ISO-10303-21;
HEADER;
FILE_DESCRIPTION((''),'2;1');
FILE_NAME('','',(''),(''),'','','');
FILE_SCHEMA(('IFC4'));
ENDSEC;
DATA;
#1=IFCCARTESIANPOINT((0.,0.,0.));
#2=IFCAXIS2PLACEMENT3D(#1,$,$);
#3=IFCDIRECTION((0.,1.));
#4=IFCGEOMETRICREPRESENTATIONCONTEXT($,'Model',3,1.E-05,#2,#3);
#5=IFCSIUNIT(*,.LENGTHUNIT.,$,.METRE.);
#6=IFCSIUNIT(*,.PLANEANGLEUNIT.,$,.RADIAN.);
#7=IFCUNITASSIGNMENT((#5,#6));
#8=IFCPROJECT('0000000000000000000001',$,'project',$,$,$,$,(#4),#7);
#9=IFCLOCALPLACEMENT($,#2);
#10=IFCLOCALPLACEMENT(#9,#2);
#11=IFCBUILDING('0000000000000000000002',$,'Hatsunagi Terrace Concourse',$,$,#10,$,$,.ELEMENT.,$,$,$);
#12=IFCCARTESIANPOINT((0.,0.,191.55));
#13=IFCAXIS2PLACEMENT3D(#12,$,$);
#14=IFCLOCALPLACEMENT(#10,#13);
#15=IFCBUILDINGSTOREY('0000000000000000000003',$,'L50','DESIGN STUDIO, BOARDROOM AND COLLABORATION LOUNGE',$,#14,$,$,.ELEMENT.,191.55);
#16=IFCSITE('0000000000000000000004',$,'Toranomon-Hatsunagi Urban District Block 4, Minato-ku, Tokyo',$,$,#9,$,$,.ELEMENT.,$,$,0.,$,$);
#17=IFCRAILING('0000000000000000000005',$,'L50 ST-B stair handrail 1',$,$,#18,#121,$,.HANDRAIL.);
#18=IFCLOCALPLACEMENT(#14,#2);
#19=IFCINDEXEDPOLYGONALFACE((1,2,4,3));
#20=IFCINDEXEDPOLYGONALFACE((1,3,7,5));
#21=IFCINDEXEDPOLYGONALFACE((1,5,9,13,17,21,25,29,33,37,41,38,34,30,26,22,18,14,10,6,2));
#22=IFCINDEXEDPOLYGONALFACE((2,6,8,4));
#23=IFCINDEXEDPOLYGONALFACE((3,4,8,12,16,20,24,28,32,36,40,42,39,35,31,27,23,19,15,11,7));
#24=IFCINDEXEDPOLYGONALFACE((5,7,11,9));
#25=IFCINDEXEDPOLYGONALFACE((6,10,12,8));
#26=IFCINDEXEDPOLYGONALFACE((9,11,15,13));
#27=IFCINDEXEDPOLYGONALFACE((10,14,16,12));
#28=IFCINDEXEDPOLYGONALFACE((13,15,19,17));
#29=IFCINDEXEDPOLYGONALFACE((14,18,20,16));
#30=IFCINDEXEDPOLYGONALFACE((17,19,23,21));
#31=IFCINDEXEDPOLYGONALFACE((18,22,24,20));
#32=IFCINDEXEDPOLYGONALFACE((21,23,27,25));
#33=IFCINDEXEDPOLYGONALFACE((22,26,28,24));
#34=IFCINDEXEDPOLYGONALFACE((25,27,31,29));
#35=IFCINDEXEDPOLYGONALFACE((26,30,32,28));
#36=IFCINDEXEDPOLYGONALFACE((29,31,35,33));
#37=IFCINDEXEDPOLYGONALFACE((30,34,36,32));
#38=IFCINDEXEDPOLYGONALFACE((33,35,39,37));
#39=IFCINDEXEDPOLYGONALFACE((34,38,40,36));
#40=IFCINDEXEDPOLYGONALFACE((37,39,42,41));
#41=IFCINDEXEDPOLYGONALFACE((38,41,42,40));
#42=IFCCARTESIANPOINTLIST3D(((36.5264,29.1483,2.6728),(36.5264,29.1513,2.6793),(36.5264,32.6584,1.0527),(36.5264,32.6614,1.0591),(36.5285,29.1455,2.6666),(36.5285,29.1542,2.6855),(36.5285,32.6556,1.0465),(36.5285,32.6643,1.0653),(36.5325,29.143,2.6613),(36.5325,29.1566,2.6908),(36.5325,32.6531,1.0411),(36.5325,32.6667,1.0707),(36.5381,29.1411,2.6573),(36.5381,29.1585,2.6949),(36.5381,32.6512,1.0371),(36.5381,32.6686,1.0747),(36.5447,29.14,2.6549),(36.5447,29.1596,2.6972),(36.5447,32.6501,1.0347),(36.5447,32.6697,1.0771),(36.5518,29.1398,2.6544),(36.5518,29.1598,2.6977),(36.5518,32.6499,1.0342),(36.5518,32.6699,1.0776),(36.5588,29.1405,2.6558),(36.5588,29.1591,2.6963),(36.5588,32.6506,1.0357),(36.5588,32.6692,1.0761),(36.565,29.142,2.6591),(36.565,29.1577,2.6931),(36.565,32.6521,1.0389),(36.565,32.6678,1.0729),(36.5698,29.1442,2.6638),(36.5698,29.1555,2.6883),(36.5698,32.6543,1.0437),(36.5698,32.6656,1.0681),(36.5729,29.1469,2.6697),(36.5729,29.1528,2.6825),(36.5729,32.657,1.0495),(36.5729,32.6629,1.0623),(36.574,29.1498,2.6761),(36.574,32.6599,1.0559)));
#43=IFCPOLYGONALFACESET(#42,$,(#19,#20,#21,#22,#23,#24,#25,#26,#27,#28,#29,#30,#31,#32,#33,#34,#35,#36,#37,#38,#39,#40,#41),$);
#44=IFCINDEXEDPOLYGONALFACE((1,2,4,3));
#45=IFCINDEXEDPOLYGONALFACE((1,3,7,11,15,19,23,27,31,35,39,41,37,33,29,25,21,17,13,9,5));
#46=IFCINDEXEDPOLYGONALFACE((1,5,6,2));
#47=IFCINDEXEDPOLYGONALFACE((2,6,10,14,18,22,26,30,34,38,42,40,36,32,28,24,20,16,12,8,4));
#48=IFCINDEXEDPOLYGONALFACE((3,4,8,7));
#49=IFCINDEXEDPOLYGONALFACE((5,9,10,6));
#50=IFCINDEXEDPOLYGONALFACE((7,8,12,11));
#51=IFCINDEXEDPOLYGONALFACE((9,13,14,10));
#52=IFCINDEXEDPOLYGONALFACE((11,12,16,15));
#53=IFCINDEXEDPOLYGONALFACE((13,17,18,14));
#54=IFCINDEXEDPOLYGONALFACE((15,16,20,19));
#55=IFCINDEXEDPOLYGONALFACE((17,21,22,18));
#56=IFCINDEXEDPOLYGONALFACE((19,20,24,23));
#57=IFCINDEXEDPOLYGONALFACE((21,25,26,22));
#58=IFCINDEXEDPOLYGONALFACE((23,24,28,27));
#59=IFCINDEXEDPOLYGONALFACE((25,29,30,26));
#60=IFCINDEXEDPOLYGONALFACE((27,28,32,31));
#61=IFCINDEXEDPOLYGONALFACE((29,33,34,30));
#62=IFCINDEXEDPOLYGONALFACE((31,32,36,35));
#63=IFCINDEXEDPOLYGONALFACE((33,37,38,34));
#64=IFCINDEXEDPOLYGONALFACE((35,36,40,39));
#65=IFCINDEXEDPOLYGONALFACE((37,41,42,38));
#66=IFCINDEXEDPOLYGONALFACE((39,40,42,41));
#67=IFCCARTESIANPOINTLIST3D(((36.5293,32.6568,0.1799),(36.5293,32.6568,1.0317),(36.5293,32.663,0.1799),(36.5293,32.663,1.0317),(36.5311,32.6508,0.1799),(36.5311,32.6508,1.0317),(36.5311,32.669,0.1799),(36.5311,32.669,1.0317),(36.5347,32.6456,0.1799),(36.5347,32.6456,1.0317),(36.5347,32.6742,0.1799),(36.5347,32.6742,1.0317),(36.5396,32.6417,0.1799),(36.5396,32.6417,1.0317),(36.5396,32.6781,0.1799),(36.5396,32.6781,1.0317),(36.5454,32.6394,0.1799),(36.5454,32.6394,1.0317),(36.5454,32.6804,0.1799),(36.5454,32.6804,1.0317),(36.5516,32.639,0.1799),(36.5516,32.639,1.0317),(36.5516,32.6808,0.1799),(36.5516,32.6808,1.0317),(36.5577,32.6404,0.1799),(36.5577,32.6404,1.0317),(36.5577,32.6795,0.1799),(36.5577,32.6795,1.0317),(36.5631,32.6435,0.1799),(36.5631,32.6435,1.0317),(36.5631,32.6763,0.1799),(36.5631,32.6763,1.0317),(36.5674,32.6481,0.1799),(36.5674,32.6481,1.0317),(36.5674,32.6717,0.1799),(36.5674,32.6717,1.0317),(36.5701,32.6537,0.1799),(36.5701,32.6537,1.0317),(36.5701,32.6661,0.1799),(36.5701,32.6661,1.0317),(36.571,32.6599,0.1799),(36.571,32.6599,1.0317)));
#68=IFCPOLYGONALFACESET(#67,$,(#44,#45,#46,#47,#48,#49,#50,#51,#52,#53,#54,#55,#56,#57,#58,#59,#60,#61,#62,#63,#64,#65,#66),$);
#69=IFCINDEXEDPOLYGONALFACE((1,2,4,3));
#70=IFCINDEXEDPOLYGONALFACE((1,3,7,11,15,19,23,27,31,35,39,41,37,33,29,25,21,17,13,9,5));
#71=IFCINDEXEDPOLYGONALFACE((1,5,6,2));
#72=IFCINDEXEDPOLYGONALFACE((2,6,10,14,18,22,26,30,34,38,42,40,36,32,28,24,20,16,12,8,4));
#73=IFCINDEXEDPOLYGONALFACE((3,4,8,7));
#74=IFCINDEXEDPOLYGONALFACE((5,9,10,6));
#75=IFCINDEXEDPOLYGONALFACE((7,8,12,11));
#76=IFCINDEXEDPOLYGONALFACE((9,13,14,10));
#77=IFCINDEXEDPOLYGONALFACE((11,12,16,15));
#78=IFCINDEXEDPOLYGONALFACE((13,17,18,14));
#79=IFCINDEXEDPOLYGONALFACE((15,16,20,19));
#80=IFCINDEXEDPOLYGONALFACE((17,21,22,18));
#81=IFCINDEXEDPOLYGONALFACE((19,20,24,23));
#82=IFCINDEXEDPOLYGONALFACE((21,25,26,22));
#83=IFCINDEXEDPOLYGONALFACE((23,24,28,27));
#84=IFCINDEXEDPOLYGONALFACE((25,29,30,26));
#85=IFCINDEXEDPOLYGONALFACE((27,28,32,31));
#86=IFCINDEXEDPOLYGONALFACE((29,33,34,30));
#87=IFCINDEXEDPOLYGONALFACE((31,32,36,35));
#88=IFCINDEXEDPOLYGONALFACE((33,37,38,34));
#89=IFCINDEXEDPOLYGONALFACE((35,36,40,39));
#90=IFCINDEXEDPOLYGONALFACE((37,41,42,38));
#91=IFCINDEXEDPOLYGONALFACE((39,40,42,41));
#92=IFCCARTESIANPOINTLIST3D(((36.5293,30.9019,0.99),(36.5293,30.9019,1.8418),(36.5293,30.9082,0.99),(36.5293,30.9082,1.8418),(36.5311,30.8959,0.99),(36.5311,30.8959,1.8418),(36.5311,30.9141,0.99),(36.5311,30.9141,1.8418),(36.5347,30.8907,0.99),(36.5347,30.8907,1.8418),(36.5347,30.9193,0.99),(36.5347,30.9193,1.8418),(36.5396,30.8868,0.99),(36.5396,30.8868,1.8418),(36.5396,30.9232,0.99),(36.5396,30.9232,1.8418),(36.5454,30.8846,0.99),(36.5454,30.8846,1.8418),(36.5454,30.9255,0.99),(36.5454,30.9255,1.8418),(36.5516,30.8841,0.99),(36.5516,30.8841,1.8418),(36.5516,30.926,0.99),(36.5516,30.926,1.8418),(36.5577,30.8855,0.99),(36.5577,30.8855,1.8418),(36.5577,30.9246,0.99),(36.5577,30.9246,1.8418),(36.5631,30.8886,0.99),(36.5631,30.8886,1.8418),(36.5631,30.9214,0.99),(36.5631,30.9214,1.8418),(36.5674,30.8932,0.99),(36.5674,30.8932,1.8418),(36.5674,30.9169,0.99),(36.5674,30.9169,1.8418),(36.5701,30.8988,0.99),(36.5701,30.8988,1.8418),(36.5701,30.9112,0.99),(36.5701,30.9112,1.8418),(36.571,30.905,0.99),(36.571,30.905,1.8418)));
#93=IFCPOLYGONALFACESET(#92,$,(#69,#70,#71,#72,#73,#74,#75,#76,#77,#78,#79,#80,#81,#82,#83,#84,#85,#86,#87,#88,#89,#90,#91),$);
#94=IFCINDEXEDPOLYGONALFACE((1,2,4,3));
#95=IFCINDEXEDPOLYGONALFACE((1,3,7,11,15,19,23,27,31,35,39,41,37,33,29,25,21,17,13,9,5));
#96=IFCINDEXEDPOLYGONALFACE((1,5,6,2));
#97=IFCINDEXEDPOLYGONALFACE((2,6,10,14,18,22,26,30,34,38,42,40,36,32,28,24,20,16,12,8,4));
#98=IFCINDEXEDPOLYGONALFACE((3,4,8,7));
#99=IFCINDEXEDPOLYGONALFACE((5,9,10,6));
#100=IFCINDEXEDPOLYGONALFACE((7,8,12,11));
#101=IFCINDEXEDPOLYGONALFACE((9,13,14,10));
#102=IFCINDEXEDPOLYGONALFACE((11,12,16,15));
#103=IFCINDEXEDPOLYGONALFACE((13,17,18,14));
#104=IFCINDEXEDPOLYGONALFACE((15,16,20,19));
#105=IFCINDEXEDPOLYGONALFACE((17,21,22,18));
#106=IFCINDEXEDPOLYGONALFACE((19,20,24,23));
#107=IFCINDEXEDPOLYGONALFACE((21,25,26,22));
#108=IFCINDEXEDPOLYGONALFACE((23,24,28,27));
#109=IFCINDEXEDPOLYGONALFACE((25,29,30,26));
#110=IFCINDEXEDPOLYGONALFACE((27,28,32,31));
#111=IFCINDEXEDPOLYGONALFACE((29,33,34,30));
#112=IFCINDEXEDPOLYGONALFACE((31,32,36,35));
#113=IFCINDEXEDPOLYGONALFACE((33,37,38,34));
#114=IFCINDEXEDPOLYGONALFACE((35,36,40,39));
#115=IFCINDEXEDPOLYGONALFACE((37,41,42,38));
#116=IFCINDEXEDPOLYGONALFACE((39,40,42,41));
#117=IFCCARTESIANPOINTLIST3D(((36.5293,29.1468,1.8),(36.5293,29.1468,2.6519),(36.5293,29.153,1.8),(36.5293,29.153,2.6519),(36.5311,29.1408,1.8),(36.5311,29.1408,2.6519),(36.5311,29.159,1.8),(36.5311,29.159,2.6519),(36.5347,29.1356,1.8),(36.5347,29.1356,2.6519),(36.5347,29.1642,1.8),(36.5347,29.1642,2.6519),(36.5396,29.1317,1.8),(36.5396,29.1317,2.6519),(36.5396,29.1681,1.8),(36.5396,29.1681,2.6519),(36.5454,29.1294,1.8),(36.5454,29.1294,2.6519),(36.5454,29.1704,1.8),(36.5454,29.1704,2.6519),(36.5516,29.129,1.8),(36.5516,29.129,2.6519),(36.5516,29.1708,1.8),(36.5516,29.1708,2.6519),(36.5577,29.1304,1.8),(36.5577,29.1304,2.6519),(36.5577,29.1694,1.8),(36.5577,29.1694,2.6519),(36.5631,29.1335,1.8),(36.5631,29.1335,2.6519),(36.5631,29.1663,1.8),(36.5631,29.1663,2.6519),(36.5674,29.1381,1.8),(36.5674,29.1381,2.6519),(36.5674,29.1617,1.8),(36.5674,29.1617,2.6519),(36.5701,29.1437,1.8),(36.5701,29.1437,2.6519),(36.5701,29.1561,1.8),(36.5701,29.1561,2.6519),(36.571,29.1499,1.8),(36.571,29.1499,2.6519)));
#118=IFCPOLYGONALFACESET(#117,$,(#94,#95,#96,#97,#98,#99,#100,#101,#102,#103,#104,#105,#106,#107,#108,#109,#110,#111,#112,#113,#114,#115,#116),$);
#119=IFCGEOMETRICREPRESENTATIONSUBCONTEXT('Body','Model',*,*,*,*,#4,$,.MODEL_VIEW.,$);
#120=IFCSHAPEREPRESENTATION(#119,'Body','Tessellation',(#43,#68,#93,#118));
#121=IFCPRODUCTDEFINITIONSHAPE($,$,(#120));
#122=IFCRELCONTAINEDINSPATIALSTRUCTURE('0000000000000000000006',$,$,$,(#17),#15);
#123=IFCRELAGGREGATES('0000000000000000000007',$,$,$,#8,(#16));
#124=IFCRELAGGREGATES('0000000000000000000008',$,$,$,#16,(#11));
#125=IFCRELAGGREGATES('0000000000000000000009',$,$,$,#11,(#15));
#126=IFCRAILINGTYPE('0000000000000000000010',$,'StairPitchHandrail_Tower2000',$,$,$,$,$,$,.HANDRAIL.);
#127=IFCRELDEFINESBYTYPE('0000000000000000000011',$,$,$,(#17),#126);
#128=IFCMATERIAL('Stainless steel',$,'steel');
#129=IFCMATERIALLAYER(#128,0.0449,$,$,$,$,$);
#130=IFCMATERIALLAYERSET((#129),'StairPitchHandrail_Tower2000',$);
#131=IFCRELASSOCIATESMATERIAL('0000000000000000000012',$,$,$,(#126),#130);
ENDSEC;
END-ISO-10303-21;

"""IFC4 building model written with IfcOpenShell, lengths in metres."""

from ifc_helpers import new_model, si_unit, direction, frame, origin, origin_2d, place, context, subcontext, project, spatial, circle, extrude, material, layer, layer_set, type_object, element, save


model = new_model("IFC4")

# Units and contexts
model_context = context("Model", 3, precision=1e-05, world=origin(), true_north=direction((0.0, 1.0)))
body_context = subcontext(model_context, "Body", "Model", "MODEL_VIEW")
ifc_project = project(units=[si_unit("LENGTHUNIT", "METRE"), si_unit("PLANEANGLEUNIT", "RADIAN")], contexts=[model_context])

# Site, building, storey
site_placement = place(None, origin())
site = spatial("IfcSite", under=ifc_project, at=site_placement, Name="Toranomon-Hatsunagi Urban District Block 4, Minato-ku, Tokyo", CompositionType="ELEMENT", RefElevation=0.0)
building_placement = place(site_placement, origin())
building = spatial("IfcBuilding", under=site, at=building_placement, Name="Hatsunagi Terrace Concourse", CompositionType="ELEMENT")
storey_placement = place(building_placement, frame((0.0, 0.0, 191.55)))
storey = spatial("IfcBuildingStorey", under=building, at=storey_placement, Name="L50", Description="DESIGN STUDIO, BOARDROOM AND COLLABORATION LOUNGE", CompositionType="ELEMENT", Elevation=191.55)

# Railing
ifc_material_1 = material(Name="Stainless steel", Category="steel")
ifc_layer_1 = layer(ifc_material_1, 0.0449)
ifc_layer_set_1 = layer_set([ifc_layer_1], Name="StairPitchHandrail_Tower2000")
railing_type_1 = type_object("IfcRailingType", Name="StairPitchHandrail_Tower2000", PredefinedType="HANDRAIL", material=ifc_layer_set_1)
railing_1_placement = place(storey_placement, frame((36.55, 32.6599, 0.1799)))
element("IfcRailing", 1, at=railing_1_placement, inside=storey, type_object=railing_type_1, Name="L50 ST-B stair handrail 1", PredefinedType="HANDRAIL", context=body_context, shape_type="SweptSolid", body=[
    extrude(circle(Radius=0.0239, at=origin_2d()), frame((0.0, 0.0, 0.876), z_axis=(0.0, -0.907948, 0.419082), x_axis=(1.0, 0.0, 0.0)), (0.0, 0.0, 1.0), 3.866),
    extrude(circle(Radius=0.021, at=origin_2d()), origin(), (0.0, 0.0, 1.0), 0.8518),
    extrude(circle(Radius=0.021, at=origin_2d()), frame((0.0, -1.7549, 0.8101)), (0.0, 0.0, 1.0), 0.8518),
    extrude(circle(Radius=0.021, at=origin_2d()), frame((0.0, -3.51, 1.6201)), (0.0, 0.0, 1.0), 0.8518),
])

save(model, "model.ifc")
